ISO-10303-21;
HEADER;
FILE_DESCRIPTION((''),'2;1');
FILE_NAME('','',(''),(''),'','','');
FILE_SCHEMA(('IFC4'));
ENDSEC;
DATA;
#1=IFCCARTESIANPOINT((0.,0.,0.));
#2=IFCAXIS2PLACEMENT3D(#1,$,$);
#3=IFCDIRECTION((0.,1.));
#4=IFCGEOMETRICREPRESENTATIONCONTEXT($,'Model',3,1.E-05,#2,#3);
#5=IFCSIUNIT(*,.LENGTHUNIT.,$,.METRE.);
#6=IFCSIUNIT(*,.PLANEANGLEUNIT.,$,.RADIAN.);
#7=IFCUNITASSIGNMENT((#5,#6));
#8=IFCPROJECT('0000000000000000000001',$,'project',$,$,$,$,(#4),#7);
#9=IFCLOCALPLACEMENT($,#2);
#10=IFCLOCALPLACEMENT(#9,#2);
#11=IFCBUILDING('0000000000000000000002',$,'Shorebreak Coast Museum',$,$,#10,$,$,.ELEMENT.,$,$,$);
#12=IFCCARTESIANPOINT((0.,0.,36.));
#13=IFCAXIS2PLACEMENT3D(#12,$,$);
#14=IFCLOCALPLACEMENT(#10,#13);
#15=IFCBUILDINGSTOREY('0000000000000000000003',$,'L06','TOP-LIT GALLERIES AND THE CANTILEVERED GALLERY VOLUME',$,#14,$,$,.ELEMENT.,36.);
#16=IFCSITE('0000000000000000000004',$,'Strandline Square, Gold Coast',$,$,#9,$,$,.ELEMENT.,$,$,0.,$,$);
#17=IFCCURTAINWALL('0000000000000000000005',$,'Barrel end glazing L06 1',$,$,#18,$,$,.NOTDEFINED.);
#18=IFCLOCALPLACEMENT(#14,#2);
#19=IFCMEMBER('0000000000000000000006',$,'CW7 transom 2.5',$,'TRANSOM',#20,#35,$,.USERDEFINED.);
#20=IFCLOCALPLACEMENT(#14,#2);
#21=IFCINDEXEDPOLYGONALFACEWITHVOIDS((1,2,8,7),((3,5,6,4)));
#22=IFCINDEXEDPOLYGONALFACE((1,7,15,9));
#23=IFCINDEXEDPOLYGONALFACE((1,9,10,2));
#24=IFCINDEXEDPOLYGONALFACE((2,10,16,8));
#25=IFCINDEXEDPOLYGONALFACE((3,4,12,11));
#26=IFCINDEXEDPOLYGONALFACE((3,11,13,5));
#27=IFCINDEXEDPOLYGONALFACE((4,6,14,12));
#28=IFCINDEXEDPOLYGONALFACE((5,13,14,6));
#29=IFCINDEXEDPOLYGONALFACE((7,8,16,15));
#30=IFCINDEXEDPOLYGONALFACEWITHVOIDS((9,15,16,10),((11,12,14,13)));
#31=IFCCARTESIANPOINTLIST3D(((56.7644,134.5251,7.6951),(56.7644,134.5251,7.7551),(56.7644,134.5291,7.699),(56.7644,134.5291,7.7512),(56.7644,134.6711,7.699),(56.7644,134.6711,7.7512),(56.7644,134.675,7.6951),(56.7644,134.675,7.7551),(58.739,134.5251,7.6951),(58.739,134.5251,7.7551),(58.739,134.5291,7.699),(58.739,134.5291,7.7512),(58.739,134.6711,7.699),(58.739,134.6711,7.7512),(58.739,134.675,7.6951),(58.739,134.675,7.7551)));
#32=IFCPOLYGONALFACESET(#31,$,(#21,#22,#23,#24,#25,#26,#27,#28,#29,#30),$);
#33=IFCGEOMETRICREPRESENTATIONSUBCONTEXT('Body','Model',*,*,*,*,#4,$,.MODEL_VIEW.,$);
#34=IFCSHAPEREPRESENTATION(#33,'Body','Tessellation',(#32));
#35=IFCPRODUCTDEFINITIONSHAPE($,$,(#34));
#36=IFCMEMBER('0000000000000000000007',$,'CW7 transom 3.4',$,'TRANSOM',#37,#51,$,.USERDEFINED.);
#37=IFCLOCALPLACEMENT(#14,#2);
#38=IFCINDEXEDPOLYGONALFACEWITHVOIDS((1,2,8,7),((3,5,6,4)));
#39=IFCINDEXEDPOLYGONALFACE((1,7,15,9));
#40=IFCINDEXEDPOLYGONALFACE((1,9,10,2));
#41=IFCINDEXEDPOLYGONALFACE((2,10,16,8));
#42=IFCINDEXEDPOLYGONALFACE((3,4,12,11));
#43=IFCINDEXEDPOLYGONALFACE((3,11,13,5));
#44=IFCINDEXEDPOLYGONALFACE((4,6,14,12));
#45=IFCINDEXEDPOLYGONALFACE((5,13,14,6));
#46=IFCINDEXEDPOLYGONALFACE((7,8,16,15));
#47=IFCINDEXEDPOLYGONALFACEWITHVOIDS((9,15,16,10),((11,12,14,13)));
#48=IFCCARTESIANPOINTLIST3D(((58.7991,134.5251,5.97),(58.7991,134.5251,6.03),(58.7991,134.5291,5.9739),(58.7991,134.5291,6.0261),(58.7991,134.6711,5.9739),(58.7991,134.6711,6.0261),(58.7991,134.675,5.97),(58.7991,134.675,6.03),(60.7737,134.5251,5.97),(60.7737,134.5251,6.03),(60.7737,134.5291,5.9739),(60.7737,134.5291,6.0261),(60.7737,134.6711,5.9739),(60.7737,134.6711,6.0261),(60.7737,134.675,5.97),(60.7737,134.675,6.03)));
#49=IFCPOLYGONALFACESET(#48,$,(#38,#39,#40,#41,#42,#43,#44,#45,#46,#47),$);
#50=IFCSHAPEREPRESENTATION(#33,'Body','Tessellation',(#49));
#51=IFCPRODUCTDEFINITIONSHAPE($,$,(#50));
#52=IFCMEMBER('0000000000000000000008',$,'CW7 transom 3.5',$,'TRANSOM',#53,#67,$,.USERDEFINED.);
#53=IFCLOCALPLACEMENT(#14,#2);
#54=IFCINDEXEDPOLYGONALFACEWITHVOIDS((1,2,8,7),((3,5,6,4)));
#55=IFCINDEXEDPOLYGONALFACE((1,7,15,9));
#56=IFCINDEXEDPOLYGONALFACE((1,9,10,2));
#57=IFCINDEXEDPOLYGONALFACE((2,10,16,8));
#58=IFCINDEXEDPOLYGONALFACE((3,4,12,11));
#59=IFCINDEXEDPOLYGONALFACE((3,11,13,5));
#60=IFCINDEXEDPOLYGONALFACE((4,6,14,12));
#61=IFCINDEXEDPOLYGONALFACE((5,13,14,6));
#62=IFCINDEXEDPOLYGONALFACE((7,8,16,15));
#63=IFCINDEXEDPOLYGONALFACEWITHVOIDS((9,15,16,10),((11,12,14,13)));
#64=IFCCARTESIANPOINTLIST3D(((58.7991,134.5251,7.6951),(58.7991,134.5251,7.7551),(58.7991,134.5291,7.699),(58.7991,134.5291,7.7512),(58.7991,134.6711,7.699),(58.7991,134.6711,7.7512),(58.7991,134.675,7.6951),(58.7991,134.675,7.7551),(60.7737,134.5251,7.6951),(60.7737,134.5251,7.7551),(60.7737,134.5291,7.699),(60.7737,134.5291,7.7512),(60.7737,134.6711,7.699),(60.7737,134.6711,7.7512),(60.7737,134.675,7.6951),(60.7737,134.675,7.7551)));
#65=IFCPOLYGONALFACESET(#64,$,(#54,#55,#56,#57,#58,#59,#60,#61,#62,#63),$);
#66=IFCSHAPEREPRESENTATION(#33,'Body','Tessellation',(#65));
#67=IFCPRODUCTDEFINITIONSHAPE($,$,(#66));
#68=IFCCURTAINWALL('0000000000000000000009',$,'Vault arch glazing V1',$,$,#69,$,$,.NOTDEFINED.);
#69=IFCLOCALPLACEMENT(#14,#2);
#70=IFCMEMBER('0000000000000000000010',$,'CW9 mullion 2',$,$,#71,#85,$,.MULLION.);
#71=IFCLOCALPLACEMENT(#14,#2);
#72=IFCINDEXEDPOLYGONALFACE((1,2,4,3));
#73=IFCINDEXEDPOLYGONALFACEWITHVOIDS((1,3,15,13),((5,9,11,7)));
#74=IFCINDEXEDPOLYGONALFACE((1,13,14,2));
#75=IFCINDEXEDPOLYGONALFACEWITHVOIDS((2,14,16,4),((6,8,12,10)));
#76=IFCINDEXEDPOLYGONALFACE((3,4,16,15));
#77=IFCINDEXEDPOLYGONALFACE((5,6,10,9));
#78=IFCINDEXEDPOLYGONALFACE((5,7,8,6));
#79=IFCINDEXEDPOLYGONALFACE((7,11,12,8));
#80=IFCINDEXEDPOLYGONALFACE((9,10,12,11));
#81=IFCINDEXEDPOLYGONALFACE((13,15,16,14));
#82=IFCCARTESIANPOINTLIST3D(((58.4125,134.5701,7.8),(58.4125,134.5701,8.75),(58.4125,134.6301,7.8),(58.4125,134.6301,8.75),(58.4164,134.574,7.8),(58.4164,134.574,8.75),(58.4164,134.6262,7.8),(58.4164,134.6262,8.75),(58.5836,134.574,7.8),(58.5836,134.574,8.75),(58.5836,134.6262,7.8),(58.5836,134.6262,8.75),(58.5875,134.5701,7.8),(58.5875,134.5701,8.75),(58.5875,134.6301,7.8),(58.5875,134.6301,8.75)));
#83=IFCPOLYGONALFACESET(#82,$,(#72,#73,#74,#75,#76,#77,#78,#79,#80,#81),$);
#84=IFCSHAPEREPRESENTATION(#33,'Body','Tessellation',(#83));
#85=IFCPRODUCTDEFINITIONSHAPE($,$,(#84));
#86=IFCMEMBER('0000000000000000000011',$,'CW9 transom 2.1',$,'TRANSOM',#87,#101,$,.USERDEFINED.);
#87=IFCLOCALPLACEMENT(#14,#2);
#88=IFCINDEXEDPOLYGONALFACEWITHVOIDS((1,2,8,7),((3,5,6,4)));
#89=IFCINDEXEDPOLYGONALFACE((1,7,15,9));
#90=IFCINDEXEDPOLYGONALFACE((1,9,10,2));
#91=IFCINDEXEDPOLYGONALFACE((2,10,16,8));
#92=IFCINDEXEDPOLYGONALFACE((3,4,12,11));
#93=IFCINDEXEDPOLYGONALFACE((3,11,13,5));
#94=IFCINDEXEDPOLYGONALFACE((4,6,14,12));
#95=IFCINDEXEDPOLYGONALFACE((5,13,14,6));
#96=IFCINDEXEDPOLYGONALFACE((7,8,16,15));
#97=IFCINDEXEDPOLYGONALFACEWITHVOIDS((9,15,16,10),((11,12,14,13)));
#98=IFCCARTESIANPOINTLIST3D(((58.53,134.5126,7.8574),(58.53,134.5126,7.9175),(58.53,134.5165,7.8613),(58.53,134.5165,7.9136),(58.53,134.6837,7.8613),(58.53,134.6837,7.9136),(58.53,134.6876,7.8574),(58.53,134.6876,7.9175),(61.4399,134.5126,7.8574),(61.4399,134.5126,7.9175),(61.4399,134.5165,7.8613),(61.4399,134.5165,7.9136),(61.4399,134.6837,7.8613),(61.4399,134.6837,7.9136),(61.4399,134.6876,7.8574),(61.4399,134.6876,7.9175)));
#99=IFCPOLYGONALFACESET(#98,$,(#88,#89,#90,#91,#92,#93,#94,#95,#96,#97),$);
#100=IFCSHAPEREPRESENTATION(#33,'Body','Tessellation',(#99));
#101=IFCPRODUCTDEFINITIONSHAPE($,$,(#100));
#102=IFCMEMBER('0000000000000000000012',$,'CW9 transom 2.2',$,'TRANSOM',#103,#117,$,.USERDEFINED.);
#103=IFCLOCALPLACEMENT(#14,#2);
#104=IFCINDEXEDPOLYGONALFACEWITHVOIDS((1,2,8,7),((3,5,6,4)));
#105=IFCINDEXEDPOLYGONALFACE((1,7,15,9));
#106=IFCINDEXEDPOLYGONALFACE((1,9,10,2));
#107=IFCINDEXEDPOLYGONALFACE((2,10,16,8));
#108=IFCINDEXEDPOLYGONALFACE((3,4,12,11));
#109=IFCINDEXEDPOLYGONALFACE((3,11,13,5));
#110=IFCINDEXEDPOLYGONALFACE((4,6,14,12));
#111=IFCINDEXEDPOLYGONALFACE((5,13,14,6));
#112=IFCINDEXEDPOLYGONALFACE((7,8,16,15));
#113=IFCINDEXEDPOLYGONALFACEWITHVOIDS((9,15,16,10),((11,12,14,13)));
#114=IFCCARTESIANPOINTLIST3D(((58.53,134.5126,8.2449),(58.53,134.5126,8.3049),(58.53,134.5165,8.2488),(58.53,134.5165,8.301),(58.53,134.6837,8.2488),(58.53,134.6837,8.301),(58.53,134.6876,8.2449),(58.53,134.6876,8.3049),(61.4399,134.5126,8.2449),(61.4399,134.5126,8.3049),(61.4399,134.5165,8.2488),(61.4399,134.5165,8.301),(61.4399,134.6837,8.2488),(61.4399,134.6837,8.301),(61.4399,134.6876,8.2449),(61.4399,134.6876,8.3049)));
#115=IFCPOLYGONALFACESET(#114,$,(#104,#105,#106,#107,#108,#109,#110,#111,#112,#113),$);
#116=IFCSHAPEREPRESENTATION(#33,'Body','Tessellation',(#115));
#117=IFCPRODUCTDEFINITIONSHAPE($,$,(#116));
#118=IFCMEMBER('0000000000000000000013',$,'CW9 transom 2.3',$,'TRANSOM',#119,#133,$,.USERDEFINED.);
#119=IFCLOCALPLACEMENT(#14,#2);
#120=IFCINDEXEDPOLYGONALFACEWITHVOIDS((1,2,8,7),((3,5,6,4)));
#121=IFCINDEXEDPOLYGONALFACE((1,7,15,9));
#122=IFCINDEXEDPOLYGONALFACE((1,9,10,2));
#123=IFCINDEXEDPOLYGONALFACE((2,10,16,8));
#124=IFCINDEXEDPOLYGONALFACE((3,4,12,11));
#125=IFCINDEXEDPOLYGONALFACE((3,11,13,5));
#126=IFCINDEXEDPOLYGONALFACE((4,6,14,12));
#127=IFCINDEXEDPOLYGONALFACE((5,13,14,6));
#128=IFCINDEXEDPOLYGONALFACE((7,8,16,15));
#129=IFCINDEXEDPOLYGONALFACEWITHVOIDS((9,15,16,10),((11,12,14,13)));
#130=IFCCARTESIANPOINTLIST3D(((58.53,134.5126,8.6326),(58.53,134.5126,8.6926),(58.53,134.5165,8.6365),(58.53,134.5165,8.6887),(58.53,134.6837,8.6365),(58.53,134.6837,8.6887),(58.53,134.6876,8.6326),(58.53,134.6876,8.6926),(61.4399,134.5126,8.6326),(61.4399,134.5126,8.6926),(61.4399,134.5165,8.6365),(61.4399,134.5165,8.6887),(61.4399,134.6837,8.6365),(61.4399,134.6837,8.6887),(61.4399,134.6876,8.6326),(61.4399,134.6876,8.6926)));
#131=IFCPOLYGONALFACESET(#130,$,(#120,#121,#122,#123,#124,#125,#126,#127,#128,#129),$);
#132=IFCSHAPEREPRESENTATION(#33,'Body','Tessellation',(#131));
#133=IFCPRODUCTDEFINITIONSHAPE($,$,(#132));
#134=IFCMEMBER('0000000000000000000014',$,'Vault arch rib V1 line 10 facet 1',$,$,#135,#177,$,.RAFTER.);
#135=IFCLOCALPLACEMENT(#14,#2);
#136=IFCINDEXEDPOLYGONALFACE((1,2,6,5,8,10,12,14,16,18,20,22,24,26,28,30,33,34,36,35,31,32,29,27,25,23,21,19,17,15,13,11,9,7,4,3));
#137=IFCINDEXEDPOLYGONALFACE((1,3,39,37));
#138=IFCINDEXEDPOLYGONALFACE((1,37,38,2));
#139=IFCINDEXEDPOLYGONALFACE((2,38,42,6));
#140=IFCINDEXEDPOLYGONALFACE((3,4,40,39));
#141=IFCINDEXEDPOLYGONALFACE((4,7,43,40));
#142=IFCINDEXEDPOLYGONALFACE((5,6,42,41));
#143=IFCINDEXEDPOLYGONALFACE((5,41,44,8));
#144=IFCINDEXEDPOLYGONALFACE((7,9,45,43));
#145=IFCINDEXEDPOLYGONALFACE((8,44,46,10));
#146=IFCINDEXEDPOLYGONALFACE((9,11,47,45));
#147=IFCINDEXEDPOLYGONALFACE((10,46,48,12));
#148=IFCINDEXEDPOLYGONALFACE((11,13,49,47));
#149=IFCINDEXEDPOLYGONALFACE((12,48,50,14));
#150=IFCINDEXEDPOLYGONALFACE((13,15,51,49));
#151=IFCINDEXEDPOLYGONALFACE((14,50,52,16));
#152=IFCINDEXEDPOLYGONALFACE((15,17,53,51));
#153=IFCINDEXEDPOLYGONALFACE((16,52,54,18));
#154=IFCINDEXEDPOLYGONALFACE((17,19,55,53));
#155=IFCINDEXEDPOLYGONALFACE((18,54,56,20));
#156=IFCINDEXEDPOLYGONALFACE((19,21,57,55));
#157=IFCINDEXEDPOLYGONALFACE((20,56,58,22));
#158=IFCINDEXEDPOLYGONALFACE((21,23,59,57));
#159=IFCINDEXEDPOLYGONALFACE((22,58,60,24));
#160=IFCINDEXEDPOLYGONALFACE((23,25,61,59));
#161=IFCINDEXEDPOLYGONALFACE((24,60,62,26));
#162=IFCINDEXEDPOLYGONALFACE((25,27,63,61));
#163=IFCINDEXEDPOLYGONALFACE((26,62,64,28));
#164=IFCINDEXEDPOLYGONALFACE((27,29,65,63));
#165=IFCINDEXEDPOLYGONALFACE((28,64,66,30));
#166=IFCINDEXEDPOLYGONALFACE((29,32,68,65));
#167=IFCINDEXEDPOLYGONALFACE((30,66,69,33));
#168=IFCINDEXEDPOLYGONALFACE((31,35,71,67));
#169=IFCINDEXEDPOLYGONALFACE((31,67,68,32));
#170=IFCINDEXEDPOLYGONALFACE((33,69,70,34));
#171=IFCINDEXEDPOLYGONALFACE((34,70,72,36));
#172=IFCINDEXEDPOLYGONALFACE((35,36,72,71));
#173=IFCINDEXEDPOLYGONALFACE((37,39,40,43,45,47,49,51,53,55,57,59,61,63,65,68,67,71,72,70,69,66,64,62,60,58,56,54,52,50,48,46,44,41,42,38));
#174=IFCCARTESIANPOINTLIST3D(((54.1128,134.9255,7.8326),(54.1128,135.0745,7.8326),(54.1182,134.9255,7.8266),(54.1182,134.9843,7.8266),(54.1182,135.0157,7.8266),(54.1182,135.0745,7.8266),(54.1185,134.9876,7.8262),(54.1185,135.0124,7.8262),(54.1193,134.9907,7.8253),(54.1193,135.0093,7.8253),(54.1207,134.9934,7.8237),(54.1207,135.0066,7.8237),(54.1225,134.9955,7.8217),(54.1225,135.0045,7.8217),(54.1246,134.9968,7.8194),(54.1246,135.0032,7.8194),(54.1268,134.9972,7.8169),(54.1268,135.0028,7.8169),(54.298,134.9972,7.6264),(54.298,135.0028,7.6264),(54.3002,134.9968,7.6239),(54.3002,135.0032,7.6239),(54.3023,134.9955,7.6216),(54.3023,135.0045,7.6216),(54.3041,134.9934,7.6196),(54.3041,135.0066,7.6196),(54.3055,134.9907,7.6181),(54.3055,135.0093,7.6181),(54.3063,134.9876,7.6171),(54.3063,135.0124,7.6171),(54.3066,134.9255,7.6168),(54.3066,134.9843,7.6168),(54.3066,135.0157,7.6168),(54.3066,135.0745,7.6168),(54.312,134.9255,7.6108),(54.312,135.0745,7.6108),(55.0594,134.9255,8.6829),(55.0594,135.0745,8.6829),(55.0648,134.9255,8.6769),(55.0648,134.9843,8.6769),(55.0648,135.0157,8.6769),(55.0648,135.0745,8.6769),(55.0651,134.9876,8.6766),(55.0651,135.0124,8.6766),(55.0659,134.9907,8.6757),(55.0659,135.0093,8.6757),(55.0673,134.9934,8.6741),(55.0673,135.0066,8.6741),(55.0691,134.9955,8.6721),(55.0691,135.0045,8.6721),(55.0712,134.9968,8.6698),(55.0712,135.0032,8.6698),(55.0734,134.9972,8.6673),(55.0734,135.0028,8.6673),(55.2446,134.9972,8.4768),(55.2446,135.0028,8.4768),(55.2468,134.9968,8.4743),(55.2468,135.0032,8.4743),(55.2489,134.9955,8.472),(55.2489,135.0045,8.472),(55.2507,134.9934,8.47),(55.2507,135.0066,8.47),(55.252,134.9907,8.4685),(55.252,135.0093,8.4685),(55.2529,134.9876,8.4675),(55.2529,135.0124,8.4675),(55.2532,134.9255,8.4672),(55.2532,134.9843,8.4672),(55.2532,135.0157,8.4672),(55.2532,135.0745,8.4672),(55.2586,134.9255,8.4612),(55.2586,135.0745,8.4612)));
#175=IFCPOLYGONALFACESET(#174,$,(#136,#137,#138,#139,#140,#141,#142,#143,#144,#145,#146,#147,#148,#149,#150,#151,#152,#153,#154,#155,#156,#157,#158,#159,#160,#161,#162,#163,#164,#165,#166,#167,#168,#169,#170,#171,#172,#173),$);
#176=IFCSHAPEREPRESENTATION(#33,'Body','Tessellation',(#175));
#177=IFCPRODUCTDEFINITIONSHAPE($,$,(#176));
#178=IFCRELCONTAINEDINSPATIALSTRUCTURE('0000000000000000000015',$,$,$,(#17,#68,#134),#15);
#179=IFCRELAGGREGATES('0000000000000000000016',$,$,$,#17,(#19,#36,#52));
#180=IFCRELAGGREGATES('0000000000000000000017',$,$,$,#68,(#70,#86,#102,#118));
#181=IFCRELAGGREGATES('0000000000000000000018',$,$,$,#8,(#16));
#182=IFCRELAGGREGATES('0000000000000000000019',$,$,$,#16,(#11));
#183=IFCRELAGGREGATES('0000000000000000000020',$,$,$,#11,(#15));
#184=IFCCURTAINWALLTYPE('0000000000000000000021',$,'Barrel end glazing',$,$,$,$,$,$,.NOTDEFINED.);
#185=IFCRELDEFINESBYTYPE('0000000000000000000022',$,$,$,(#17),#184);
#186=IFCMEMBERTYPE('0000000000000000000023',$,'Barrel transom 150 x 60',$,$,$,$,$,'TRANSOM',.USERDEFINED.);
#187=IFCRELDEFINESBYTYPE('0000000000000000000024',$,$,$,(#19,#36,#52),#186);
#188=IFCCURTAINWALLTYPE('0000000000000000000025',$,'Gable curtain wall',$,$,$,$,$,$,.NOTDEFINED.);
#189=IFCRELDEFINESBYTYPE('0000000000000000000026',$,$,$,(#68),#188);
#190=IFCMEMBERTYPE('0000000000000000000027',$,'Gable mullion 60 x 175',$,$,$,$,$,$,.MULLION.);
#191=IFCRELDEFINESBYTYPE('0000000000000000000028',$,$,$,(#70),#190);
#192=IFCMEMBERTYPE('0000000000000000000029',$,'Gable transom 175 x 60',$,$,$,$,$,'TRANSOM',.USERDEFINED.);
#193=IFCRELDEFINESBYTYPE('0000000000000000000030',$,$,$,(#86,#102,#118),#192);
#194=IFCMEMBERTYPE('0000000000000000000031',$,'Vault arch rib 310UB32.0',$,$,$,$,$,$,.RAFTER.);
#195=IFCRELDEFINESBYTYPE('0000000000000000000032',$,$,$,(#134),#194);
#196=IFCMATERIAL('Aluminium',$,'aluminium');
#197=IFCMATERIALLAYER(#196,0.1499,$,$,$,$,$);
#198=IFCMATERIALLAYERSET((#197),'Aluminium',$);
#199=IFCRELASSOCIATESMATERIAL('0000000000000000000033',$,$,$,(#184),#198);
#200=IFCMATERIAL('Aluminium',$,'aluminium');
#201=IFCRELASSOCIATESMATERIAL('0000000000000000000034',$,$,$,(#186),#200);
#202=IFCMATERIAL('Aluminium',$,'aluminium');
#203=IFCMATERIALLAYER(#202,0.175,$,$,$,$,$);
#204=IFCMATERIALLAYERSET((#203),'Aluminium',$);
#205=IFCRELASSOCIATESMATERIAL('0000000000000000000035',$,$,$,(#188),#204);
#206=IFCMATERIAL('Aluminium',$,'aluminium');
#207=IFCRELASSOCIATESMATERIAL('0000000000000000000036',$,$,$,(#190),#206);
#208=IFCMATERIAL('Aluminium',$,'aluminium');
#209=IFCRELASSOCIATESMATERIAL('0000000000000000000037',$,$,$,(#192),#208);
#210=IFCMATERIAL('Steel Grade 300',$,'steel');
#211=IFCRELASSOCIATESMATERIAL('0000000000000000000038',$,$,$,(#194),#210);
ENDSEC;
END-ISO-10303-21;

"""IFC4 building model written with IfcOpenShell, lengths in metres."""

from ifc_helpers import new_model, si_unit, direction, frame, origin, origin_2d, place, context, subcontext, project, spatial, hollow_rectangle, i_section, extrude, material, layer, layer_set, material_profile, profile_set, type_object, element, aggregate, save


model = new_model("IFC4")

# Units and contexts
model_context = context("Model", 3, precision=1e-05, world=origin(), true_north=direction((0.0, 1.0)))
body_context = subcontext(model_context, "Body", "Model", "MODEL_VIEW")
ifc_project = project(units=[si_unit("LENGTHUNIT", "METRE"), si_unit("PLANEANGLEUNIT", "RADIAN")], contexts=[model_context])

# Site, building, storey
site_placement = place(None, origin())
site = spatial("IfcSite", under=ifc_project, at=site_placement, Name="Strandline Square, Gold Coast", CompositionType="ELEMENT", RefElevation=0.0)
building_placement = place(site_placement, origin())
building = spatial("IfcBuilding", under=site, at=building_placement, Name="Shorebreak Coast Museum", CompositionType="ELEMENT")
storey_placement = place(building_placement, frame((0.0, 0.0, 36.0)))
storey = spatial("IfcBuildingStorey", under=building, at=storey_placement, Name="L06", Description="TOP-LIT GALLERIES AND THE CANTILEVERED GALLERY VOLUME", CompositionType="ELEMENT", Elevation=36.0)

# Curtain walls, members
ifc_material_1 = material(Name="Aluminium", Category="aluminium")
ifc_layer_1 = layer(ifc_material_1, 0.1499)
ifc_layer_set_1 = layer_set([ifc_layer_1], Name="Aluminium")
curtain_wall_type_1 = type_object("IfcCurtainWallType", Name="Barrel end glazing", PredefinedType="NOTDEFINED", material=ifc_layer_set_1)
curtain_wall_1_placement = place(storey_placement, origin())
curtain_wall_1 = element("IfcCurtainWall", 1, at=curtain_wall_1_placement, inside=storey, type_object=curtain_wall_type_1, Name="Barrel end glazing L06 1", PredefinedType="NOTDEFINED")
ifc_material_2 = material(Name="Aluminium", Category="aluminium")
ifc_material_profile_1 = material_profile(ifc_material_2, hollow_rectangle(XDim=0.1499, YDim=0.0601, WallThickness=0.0039, at=origin_2d()), Name="AL 60x150 RHS")
ifc_profile_set_1 = profile_set([ifc_material_profile_1], Name="Aluminium")
member_type_1 = type_object("IfcMemberType", Name="Barrel transom 150 x 60", ElementType="TRANSOM", PredefinedType="USERDEFINED", material=ifc_profile_set_1)
member_1_placement = place(storey_placement, frame((56.7644, 134.6001, 7.7251), z_axis=(1.0, 0.0, 0.0), x_axis=(0.0, 1.0, 0.0)))
member_1 = element("IfcMember", 2, at=member_1_placement, type_object=member_type_1, Name="CW7 transom 2.5", ObjectType="TRANSOM", PredefinedType="USERDEFINED", context=body_context, shape_type="SweptSolid", body=[
    extrude(hollow_rectangle(XDim=0.1499, YDim=0.0601, WallThickness=0.0039, at=origin_2d()), origin(), (0.0, 0.0, 1.0), 1.9746),
])
member_2_placement = place(storey_placement, frame((58.7991, 134.6001, 6.0), z_axis=(1.0, 0.0, 0.0), x_axis=(0.0, 1.0, 0.0)))
member_2 = element("IfcMember", 3, at=member_2_placement, type_object=member_type_1, Name="CW7 transom 3.4", ObjectType="TRANSOM", PredefinedType="USERDEFINED", context=body_context, shape_type="SweptSolid", body=[
    extrude(hollow_rectangle(XDim=0.1499, YDim=0.0601, WallThickness=0.0039, at=origin_2d()), origin(), (0.0, 0.0, 1.0), 1.9746),
])
member_3_placement = place(storey_placement, frame((58.7991, 134.6001, 7.7251), z_axis=(1.0, 0.0, 0.0), x_axis=(0.0, 1.0, 0.0)))
member_3 = element("IfcMember", 4, at=member_3_placement, type_object=member_type_1, Name="CW7 transom 3.5", ObjectType="TRANSOM", PredefinedType="USERDEFINED", context=body_context, shape_type="SweptSolid", body=[
    extrude(hollow_rectangle(XDim=0.1499, YDim=0.0601, WallThickness=0.0039, at=origin_2d()), origin(), (0.0, 0.0, 1.0), 1.9746),
])
ifc_material_3 = material(Name="Aluminium", Category="aluminium")
ifc_layer_2 = layer(ifc_material_3, 0.175)
ifc_layer_set_2 = layer_set([ifc_layer_2], Name="Aluminium")
curtain_wall_type_2 = type_object("IfcCurtainWallType", Name="Gable curtain wall", PredefinedType="NOTDEFINED", material=ifc_layer_set_2)
curtain_wall_2_placement = place(storey_placement, origin())
curtain_wall_2 = element("IfcCurtainWall", 5, at=curtain_wall_2_placement, inside=storey, type_object=curtain_wall_type_2, Name="Vault arch glazing V1", PredefinedType="NOTDEFINED")
ifc_material_4 = material(Name="Aluminium", Category="aluminium")
ifc_material_profile_2 = material_profile(ifc_material_4, hollow_rectangle(XDim=0.0601, YDim=0.175, WallThickness=0.0039, at=origin_2d()), Name="AL 175x60 RHS")
ifc_profile_set_2 = profile_set([ifc_material_profile_2], Name="Aluminium")
member_type_2 = type_object("IfcMemberType", Name="Gable mullion 60 x 175", PredefinedType="MULLION", material=ifc_profile_set_2)
member_4_placement = place(storey_placement, frame((58.5, 134.6001, 7.8), z_axis=(0.0, 0.0, 1.0), x_axis=(0.0, 1.0, 0.0)))
member_4 = element("IfcMember", 6, at=member_4_placement, type_object=member_type_2, Name="CW9 mullion 2", PredefinedType="MULLION", context=body_context, shape_type="SweptSolid", body=[
    extrude(hollow_rectangle(XDim=0.0601, YDim=0.175, WallThickness=0.0039, at=origin_2d()), origin(), (0.0, 0.0, 1.0), 0.95),
])
ifc_material_5 = material(Name="Aluminium", Category="aluminium")
ifc_material_profile_3 = material_profile(ifc_material_5, hollow_rectangle(XDim=0.175, YDim=0.0601, WallThickness=0.0039, at=origin_2d()), Name="AL 60x175 RHS")
ifc_profile_set_3 = profile_set([ifc_material_profile_3], Name="Aluminium")
member_type_3 = type_object("IfcMemberType", Name="Gable transom 175 x 60", ElementType="TRANSOM", PredefinedType="USERDEFINED", material=ifc_profile_set_3)
member_5_placement = place(storey_placement, frame((58.53, 134.6001, 7.8875), z_axis=(1.0, 0.0, 0.0), x_axis=(0.0, 1.0, 0.0)))
member_5 = element("IfcMember", 7, at=member_5_placement, type_object=member_type_3, Name="CW9 transom 2.1", ObjectType="TRANSOM", PredefinedType="USERDEFINED", context=body_context, shape_type="SweptSolid", body=[
    extrude(hollow_rectangle(XDim=0.175, YDim=0.0601, WallThickness=0.0039, at=origin_2d()), origin(), (0.0, 0.0, 1.0), 2.9099),
])
member_6_placement = place(storey_placement, frame((58.53, 134.6001, 8.2749), z_axis=(1.0, 0.0, 0.0), x_axis=(0.0, 1.0, 0.0)))
member_6 = element("IfcMember", 8, at=member_6_placement, type_object=member_type_3, Name="CW9 transom 2.2", ObjectType="TRANSOM", PredefinedType="USERDEFINED", context=body_context, shape_type="SweptSolid", body=[
    extrude(hollow_rectangle(XDim=0.175, YDim=0.0601, WallThickness=0.0039, at=origin_2d()), origin(), (0.0, 0.0, 1.0), 2.9099),
])
member_7_placement = place(storey_placement, frame((58.53, 134.6001, 8.6626), z_axis=(1.0, 0.0, 0.0), x_axis=(0.0, 1.0, 0.0)))
member_7 = element("IfcMember", 9, at=member_7_placement, type_object=member_type_3, Name="CW9 transom 2.3", ObjectType="TRANSOM", PredefinedType="USERDEFINED", context=body_context, shape_type="SweptSolid", body=[
    extrude(hollow_rectangle(XDim=0.175, YDim=0.0601, WallThickness=0.0039, at=origin_2d()), origin(), (0.0, 0.0, 1.0), 2.9099),
])

# Member
ifc_material_6 = material(Name="Steel Grade 300", Category="steel")
ifc_material_profile_4 = material_profile(ifc_material_6, i_section(OverallWidth=0.1489, OverallDepth=0.2981, WebThickness=0.0056, FlangeThickness=0.0081, FilletRadius=0.0129, at=origin_2d()), Name="310UB32.0")
ifc_profile_set_4 = profile_set([ifc_material_profile_4], Name="Steel Grade 300")
member_type_4 = type_object("IfcMemberType", Name="Vault arch rib 310UB32.0", PredefinedType="RAFTER", material=ifc_profile_set_4)
member_8_placement = place(storey_placement, frame((54.2124, 135.0, 7.7217), z_axis=(0.743895, 0.0, 0.668297), x_axis=(0.0, 1.0, 0.0)))
element("IfcMember", 10, at=member_8_placement, inside=storey, type_object=member_type_4, Name="Vault arch rib V1 line 10 facet 1", PredefinedType="RAFTER", context=body_context, shape_type="SweptSolid", body=[
    extrude(i_section(OverallWidth=0.1489, OverallDepth=0.2981, WebThickness=0.0056, FlangeThickness=0.0081, FilletRadius=0.0129, at=origin_2d()), origin(), (0.0, 0.0, 1.0), 1.2725),
])

aggregate(curtain_wall_1, [member_1, member_2, member_3])
aggregate(curtain_wall_2, [member_4, member_5, member_6, member_7])

save(model, "model.ifc")
